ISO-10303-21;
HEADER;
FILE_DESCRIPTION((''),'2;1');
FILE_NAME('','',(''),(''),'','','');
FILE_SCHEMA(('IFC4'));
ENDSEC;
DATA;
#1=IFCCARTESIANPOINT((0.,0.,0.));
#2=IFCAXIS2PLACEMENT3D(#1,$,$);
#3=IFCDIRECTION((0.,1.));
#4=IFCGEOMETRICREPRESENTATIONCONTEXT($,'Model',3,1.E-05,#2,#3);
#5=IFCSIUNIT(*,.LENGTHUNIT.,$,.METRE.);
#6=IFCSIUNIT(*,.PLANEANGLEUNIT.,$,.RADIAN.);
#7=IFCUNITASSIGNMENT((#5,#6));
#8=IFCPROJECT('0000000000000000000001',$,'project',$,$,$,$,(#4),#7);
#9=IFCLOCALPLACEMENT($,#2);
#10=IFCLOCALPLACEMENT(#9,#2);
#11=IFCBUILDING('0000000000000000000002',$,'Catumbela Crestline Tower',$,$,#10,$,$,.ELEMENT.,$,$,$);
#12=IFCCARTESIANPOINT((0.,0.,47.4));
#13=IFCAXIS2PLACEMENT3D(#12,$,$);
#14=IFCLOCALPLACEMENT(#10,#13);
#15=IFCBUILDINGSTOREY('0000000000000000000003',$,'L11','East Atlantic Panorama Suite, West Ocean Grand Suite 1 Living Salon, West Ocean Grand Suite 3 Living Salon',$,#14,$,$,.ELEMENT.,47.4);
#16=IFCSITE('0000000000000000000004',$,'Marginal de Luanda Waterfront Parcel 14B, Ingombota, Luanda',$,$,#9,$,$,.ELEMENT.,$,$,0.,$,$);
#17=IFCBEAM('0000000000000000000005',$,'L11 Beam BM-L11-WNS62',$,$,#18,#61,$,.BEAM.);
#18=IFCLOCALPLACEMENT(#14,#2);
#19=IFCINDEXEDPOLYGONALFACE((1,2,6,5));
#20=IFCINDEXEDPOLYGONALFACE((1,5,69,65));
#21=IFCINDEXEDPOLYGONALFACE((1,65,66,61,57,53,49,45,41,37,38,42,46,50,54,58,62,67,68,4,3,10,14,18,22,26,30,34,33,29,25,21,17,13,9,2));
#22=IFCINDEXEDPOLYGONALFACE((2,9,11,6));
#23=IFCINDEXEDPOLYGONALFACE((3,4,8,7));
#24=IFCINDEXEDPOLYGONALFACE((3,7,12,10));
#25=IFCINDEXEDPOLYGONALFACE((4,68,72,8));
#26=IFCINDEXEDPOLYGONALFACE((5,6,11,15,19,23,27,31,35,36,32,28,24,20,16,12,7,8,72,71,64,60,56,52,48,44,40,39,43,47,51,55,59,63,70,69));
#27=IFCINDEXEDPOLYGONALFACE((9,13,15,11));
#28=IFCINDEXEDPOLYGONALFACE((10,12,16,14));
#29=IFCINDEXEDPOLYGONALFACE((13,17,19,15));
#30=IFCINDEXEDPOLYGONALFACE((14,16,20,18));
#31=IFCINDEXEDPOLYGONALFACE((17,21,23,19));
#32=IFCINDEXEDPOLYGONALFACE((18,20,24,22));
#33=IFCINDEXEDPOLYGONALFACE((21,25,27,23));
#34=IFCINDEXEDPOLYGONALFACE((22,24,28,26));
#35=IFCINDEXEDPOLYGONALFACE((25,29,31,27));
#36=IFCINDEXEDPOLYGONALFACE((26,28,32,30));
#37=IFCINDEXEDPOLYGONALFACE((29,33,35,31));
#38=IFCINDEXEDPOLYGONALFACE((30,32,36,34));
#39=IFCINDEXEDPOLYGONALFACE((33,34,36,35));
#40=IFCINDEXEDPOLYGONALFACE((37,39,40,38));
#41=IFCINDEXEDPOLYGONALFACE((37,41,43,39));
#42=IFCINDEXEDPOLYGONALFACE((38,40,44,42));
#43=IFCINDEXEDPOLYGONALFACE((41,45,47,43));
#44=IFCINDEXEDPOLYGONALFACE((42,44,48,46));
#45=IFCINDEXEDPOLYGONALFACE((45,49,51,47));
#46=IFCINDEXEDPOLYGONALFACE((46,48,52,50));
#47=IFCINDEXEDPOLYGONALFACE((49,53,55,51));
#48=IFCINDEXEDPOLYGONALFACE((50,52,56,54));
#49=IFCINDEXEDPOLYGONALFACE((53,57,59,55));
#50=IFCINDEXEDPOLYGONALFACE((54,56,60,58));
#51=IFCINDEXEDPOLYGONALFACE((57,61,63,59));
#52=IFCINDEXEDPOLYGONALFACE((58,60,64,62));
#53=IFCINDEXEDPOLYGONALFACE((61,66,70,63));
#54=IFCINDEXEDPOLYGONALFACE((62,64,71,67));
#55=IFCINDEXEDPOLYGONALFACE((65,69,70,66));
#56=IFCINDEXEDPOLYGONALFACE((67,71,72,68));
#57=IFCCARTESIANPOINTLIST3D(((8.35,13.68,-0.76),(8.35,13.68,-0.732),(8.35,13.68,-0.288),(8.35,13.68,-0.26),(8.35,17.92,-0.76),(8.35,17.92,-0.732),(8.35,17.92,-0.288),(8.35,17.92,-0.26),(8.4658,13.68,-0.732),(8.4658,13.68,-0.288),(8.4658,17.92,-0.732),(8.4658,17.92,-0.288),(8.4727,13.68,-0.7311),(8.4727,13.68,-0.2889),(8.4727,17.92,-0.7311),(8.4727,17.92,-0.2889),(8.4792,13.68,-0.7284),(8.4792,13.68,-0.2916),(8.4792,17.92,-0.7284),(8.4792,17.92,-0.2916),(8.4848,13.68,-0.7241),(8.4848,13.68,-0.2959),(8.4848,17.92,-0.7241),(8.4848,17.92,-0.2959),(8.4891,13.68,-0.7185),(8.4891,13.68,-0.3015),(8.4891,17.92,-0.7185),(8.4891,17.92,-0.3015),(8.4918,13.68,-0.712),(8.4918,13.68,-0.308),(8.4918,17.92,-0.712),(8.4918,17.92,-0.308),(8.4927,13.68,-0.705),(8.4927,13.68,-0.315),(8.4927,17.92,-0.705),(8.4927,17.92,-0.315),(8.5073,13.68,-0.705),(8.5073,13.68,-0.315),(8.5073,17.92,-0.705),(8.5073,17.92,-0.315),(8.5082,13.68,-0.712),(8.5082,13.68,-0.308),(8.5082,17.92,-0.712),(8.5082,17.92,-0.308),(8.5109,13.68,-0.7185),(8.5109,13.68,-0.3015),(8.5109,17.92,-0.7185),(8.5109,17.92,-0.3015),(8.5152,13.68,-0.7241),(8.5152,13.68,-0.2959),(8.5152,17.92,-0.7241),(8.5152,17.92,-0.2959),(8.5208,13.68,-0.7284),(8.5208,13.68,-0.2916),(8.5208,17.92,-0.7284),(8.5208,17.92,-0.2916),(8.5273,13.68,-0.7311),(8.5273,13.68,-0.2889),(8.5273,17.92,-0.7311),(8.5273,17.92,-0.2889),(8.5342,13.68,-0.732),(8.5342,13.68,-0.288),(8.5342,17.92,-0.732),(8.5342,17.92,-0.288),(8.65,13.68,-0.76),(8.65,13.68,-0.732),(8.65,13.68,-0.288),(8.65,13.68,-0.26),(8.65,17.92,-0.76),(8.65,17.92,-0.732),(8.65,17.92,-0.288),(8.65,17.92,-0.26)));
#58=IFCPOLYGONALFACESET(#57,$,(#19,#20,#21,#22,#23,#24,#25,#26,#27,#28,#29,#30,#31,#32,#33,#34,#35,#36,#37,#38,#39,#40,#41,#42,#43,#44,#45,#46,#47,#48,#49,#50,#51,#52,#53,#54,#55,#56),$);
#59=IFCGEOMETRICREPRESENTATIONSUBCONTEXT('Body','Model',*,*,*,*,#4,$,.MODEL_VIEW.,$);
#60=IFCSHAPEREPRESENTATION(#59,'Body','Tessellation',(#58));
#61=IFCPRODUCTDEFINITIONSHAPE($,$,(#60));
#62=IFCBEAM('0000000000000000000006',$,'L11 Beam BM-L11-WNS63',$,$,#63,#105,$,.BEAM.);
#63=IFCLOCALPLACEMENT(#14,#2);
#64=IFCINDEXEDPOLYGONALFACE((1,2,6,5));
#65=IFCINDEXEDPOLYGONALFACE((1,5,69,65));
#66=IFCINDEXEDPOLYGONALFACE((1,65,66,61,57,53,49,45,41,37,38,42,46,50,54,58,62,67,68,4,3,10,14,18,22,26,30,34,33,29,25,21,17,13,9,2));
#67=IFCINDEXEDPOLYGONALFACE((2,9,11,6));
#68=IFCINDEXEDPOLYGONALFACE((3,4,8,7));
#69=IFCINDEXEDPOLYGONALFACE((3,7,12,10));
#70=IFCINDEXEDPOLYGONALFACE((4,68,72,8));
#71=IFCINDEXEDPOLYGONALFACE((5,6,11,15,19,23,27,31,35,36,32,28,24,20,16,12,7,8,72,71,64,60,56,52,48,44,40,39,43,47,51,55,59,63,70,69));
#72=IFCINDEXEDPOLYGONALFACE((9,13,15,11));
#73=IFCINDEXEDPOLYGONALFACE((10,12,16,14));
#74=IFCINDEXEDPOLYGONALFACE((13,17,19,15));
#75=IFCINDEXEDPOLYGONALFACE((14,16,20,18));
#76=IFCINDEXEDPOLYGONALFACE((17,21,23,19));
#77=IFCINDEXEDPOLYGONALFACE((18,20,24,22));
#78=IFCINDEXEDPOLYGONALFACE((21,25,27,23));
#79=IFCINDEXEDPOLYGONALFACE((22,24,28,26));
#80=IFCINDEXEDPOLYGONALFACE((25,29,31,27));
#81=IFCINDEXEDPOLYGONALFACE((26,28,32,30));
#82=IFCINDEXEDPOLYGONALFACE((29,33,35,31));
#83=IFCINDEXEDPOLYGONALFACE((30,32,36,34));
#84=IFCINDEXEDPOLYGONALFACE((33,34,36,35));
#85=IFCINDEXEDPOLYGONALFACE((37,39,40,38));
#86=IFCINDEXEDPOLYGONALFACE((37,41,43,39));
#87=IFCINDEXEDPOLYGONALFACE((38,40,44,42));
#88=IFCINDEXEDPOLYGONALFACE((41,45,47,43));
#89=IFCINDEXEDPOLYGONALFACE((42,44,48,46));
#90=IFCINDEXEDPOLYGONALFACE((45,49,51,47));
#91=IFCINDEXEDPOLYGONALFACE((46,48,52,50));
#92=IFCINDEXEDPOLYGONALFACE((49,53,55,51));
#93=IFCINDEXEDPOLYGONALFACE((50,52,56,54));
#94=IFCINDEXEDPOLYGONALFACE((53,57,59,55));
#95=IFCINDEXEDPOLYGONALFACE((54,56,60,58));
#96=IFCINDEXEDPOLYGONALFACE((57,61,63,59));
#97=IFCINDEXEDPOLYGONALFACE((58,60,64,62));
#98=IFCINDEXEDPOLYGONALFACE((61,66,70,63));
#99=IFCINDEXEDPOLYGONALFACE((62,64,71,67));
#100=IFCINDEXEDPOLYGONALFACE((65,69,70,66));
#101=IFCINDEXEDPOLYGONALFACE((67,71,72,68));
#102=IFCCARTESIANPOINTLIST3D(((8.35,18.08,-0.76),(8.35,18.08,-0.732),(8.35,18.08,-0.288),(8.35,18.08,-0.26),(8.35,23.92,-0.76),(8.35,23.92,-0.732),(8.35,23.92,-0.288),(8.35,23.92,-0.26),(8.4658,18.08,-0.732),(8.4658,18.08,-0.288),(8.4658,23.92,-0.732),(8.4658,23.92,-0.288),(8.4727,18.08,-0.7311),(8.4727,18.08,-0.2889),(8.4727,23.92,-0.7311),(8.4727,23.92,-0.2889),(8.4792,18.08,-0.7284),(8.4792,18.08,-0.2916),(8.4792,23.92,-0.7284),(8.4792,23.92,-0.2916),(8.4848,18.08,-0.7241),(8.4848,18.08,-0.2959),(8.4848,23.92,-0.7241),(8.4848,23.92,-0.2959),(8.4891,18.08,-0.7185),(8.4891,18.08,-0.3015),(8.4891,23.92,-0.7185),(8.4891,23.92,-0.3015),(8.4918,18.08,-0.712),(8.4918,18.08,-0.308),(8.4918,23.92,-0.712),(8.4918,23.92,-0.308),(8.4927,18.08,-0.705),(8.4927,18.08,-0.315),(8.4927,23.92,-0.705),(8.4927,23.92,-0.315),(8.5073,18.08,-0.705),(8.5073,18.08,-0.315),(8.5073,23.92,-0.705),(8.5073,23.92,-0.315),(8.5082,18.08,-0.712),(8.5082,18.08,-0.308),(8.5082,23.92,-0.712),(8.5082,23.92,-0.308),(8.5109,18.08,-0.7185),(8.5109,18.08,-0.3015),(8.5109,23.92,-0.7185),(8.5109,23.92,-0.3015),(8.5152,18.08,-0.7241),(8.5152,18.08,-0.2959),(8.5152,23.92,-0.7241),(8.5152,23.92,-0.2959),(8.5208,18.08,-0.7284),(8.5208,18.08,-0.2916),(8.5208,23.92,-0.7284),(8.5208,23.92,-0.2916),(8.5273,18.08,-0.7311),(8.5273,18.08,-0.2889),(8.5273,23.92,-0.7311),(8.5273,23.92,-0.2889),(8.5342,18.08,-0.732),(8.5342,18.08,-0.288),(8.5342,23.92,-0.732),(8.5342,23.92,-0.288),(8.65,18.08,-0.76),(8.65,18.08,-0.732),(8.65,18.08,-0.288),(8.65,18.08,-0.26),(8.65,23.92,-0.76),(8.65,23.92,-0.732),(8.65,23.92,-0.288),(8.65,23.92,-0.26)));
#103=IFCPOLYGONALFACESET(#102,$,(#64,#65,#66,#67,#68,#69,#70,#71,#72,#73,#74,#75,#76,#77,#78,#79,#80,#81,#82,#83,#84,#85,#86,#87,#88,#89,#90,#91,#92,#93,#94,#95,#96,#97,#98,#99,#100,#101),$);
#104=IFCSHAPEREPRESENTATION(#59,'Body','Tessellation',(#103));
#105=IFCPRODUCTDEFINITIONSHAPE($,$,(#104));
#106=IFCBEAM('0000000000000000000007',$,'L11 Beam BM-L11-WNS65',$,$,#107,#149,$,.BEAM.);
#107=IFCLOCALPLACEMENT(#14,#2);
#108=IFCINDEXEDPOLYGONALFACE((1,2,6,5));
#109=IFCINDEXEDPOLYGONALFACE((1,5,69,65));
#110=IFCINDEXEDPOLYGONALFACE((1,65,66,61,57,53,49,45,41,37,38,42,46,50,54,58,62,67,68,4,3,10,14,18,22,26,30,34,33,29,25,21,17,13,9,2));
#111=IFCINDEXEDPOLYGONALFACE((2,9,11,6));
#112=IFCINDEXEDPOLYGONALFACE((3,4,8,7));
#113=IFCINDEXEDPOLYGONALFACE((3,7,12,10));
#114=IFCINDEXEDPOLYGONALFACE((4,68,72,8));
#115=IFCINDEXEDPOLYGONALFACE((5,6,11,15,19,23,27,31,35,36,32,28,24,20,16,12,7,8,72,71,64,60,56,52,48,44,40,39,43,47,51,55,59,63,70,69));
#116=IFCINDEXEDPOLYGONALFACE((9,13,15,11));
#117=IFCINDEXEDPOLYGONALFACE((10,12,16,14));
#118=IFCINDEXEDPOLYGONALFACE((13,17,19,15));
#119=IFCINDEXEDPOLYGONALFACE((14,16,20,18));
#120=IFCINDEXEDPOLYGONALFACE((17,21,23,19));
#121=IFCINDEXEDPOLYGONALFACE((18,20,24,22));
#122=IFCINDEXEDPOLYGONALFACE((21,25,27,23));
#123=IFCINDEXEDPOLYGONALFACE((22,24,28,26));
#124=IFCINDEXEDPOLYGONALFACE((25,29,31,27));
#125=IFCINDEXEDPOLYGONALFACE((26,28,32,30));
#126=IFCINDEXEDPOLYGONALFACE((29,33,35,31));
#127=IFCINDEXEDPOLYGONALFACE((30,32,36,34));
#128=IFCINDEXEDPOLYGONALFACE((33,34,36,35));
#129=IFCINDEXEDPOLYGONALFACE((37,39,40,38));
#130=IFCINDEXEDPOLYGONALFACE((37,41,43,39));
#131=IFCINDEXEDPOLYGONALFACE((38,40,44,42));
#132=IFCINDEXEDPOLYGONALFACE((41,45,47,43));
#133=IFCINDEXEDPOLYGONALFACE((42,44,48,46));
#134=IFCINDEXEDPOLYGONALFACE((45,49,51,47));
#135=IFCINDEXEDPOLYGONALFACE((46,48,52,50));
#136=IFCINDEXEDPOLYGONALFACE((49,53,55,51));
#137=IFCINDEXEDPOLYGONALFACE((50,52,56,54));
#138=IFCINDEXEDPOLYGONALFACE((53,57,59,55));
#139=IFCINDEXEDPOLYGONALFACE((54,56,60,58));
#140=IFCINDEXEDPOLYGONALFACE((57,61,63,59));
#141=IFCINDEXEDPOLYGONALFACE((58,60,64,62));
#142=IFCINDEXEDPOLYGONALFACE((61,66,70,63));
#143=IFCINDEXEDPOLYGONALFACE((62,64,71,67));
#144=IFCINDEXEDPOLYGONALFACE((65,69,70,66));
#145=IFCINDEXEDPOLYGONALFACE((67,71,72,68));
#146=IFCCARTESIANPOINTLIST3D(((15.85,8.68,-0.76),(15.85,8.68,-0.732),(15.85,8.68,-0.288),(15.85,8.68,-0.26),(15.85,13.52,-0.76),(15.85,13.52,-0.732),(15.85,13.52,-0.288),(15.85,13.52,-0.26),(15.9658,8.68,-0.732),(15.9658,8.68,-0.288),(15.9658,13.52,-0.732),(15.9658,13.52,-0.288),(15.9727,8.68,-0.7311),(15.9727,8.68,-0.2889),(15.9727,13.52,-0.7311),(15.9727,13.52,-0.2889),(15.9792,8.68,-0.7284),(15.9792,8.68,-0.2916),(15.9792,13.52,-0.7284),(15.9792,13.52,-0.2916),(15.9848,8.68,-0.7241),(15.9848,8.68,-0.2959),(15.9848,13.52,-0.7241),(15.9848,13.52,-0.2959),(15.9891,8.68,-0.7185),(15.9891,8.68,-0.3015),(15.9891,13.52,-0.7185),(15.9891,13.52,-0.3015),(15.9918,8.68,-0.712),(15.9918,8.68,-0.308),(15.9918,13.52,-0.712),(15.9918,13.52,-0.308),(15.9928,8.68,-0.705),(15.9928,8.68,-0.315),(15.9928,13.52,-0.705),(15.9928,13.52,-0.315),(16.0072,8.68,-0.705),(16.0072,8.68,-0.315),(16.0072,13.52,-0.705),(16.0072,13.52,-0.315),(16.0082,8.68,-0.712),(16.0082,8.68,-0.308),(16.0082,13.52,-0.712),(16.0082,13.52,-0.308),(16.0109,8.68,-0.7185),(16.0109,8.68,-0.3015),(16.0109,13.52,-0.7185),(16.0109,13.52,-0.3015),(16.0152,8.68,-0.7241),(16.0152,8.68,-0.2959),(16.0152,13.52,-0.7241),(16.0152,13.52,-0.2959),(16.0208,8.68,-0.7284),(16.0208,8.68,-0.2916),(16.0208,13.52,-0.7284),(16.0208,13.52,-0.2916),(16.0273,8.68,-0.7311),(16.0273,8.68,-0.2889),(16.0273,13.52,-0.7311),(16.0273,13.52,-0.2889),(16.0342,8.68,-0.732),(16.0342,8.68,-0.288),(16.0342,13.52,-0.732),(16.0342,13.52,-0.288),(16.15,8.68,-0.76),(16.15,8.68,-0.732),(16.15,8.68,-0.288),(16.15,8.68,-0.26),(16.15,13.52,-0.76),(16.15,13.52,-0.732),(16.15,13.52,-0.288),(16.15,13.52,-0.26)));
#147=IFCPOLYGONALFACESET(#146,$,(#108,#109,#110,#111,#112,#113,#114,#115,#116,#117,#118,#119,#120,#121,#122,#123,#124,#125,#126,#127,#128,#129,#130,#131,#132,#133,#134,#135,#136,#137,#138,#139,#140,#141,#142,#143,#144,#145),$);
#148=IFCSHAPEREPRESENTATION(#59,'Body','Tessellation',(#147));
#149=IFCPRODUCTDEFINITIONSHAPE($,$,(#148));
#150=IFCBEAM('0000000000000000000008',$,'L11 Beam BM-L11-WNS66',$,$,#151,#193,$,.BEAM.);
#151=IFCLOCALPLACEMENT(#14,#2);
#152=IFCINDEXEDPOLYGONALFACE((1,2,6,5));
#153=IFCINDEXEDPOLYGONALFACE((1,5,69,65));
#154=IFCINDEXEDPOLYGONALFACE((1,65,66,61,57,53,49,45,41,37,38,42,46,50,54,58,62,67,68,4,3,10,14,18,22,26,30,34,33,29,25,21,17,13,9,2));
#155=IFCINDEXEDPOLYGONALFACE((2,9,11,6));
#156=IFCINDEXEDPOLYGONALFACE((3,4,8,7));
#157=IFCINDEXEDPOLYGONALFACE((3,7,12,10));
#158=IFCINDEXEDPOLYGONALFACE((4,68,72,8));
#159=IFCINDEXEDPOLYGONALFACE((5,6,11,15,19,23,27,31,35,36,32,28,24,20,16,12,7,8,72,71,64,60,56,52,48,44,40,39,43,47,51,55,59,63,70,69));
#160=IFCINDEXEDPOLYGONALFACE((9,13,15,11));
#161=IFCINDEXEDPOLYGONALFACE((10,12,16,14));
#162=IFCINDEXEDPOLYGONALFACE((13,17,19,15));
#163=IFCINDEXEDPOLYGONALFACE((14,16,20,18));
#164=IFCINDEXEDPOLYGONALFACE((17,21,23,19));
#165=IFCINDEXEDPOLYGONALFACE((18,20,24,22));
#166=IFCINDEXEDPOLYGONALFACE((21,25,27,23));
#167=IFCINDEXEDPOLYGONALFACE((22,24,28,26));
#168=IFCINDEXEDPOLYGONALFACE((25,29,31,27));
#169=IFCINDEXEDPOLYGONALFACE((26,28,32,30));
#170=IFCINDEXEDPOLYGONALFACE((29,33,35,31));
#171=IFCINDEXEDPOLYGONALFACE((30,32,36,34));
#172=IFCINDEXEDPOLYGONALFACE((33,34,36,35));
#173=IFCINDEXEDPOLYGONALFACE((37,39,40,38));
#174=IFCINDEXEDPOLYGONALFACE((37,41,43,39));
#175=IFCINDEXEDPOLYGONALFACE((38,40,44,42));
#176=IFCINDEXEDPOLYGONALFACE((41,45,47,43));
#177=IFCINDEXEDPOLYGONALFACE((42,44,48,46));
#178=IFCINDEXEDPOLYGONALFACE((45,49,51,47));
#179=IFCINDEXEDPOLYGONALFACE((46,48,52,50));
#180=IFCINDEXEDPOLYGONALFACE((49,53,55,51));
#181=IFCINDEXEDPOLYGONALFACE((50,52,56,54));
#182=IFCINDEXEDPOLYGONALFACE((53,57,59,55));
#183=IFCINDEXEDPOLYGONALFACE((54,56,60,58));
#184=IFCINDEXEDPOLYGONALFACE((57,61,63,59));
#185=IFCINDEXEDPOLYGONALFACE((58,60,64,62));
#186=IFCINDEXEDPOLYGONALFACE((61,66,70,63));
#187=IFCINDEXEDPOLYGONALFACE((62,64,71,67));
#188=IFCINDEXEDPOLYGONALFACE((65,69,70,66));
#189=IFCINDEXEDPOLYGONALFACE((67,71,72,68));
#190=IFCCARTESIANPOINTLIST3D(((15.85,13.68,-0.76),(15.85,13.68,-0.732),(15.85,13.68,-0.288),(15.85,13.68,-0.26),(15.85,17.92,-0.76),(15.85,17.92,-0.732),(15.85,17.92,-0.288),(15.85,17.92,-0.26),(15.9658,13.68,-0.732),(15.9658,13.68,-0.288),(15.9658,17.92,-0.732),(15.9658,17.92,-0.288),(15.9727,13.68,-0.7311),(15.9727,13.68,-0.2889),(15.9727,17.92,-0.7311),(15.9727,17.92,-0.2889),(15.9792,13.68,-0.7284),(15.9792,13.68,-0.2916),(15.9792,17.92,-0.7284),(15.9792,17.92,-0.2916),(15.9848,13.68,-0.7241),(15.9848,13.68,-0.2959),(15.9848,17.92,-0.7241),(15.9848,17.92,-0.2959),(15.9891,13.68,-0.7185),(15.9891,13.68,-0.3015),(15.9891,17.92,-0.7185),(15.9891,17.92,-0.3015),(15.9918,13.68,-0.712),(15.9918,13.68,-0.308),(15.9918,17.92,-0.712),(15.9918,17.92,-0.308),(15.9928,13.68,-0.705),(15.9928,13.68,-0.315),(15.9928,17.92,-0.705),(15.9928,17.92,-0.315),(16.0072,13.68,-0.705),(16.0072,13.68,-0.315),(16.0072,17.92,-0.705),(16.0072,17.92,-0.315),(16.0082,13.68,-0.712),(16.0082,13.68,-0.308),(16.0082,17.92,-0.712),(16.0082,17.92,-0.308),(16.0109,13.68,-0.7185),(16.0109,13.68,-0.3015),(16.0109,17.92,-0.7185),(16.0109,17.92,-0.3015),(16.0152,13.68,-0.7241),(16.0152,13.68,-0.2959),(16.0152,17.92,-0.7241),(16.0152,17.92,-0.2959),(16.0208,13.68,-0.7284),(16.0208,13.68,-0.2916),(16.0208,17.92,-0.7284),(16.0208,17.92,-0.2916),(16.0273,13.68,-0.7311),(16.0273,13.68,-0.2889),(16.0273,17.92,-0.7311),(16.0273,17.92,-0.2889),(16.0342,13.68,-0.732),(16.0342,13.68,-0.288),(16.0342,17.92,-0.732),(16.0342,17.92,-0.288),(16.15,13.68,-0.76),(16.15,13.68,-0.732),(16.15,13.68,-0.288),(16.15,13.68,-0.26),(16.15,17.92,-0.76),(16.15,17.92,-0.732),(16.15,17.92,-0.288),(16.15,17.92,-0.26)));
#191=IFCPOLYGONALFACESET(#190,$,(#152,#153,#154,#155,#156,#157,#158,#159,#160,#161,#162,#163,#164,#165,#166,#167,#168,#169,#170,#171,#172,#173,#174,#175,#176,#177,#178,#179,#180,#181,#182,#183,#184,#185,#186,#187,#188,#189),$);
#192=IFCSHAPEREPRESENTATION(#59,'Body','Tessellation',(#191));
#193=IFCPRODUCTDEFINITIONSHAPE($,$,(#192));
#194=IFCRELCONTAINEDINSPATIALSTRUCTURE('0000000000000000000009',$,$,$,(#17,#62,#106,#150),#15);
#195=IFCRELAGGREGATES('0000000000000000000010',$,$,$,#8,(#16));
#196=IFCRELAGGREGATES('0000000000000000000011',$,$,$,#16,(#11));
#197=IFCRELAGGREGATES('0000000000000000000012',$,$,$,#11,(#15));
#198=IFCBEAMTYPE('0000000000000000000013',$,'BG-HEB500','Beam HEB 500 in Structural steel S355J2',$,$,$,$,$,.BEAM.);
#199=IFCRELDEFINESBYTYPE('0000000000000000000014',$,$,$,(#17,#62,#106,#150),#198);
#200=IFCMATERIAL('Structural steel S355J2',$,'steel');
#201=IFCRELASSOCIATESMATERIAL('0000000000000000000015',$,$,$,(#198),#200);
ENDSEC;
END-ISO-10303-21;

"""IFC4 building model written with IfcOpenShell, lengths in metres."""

from ifc_helpers import new_model, si_unit, direction, frame, origin, origin_2d, place, context, subcontext, project, spatial, i_section, extrude, material, material_profile, profile_set, type_object, element, save


model = new_model("IFC4")

# Units and contexts
model_context = context("Model", 3, precision=1e-05, world=origin(), true_north=direction((0.0, 1.0)))
body_context = subcontext(model_context, "Body", "Model", "MODEL_VIEW")
ifc_project = project(units=[si_unit("LENGTHUNIT", "METRE"), si_unit("PLANEANGLEUNIT", "RADIAN")], contexts=[model_context])

# Site, building, storey
site_placement = place(None, origin())
site = spatial("IfcSite", under=ifc_project, at=site_placement, Name="Marginal de Luanda Waterfront Parcel 14B, Ingombota, Luanda", CompositionType="ELEMENT", RefElevation=0.0)
building_placement = place(site_placement, origin())
building = spatial("IfcBuilding", under=site, at=building_placement, Name="Catumbela Crestline Tower", CompositionType="ELEMENT")
storey_placement = place(building_placement, frame((0.0, 0.0, 47.4)))
storey = spatial("IfcBuildingStorey", under=building, at=storey_placement, Name="L11", Description="East Atlantic Panorama Suite, West Ocean Grand Suite 1 Living Salon, West Ocean Grand Suite 3 Living Salon", CompositionType="ELEMENT", Elevation=47.4)

# Beams
ifc_material_1 = material(Name="Structural steel S355J2", Category="steel")
ifc_material_profile_1 = material_profile(ifc_material_1, i_section(OverallWidth=0.3, OverallDepth=0.5, WebThickness=0.0145, FlangeThickness=0.028, FilletRadius=0.027, at=origin_2d()), Name="HEB 500")
ifc_profile_set_1 = profile_set([ifc_material_profile_1], Name="Structural steel S355J2")
beam_type_1 = type_object("IfcBeamType", Name="BG-HEB500", Description="Beam HEB 500 in Structural steel S355J2", PredefinedType="BEAM", material=ifc_profile_set_1)
beam_1_placement = place(storey_placement, frame((8.5, 13.68, -0.51), z_axis=(0.0, 1.0, 0.0), x_axis=(-1.0, 0.0, 0.0)))
element("IfcBeam", 1, at=beam_1_placement, inside=storey, type_object=beam_type_1, Name="L11 Beam BM-L11-WNS62", PredefinedType="BEAM", context=body_context, shape_type="SweptSolid", body=[
    extrude(i_section(OverallWidth=0.3, OverallDepth=0.5, WebThickness=0.0145, FlangeThickness=0.028, FilletRadius=0.027, at=origin_2d()), origin(), (0.0, 0.0, 1.0), 4.24),
])
beam_2_placement = place(storey_placement, frame((8.5, 18.08, -0.51), z_axis=(0.0, 1.0, 0.0), x_axis=(-1.0, 0.0, 0.0)))
element("IfcBeam", 2, at=beam_2_placement, inside=storey, type_object=beam_type_1, Name="L11 Beam BM-L11-WNS63", PredefinedType="BEAM", context=body_context, shape_type="SweptSolid", body=[
    extrude(i_section(OverallWidth=0.3, OverallDepth=0.5, WebThickness=0.0145, FlangeThickness=0.028, FilletRadius=0.027, at=origin_2d()), origin(), (0.0, 0.0, 1.0), 5.84),
])
beam_3_placement = place(storey_placement, frame((16.0, 8.68, -0.51), z_axis=(0.0, 1.0, 0.0), x_axis=(-1.0, 0.0, 0.0)))
element("IfcBeam", 3, at=beam_3_placement, inside=storey, type_object=beam_type_1, Name="L11 Beam BM-L11-WNS65", PredefinedType="BEAM", context=body_context, shape_type="SweptSolid", body=[
    extrude(i_section(OverallWidth=0.3, OverallDepth=0.5, WebThickness=0.0145, FlangeThickness=0.028, FilletRadius=0.027, at=origin_2d()), origin(), (0.0, 0.0, 1.0), 4.84),
])
beam_4_placement = place(storey_placement, frame((16.0, 13.68, -0.51), z_axis=(0.0, 1.0, 0.0), x_axis=(-1.0, 0.0, 0.0)))
element("IfcBeam", 4, at=beam_4_placement, inside=storey, type_object=beam_type_1, Name="L11 Beam BM-L11-WNS66", PredefinedType="BEAM", context=body_context, shape_type="SweptSolid", body=[
    extrude(i_section(OverallWidth=0.3, OverallDepth=0.5, WebThickness=0.0145, FlangeThickness=0.028, FilletRadius=0.027, at=origin_2d()), origin(), (0.0, 0.0, 1.0), 4.24),
])

save(model, "model.ifc")
